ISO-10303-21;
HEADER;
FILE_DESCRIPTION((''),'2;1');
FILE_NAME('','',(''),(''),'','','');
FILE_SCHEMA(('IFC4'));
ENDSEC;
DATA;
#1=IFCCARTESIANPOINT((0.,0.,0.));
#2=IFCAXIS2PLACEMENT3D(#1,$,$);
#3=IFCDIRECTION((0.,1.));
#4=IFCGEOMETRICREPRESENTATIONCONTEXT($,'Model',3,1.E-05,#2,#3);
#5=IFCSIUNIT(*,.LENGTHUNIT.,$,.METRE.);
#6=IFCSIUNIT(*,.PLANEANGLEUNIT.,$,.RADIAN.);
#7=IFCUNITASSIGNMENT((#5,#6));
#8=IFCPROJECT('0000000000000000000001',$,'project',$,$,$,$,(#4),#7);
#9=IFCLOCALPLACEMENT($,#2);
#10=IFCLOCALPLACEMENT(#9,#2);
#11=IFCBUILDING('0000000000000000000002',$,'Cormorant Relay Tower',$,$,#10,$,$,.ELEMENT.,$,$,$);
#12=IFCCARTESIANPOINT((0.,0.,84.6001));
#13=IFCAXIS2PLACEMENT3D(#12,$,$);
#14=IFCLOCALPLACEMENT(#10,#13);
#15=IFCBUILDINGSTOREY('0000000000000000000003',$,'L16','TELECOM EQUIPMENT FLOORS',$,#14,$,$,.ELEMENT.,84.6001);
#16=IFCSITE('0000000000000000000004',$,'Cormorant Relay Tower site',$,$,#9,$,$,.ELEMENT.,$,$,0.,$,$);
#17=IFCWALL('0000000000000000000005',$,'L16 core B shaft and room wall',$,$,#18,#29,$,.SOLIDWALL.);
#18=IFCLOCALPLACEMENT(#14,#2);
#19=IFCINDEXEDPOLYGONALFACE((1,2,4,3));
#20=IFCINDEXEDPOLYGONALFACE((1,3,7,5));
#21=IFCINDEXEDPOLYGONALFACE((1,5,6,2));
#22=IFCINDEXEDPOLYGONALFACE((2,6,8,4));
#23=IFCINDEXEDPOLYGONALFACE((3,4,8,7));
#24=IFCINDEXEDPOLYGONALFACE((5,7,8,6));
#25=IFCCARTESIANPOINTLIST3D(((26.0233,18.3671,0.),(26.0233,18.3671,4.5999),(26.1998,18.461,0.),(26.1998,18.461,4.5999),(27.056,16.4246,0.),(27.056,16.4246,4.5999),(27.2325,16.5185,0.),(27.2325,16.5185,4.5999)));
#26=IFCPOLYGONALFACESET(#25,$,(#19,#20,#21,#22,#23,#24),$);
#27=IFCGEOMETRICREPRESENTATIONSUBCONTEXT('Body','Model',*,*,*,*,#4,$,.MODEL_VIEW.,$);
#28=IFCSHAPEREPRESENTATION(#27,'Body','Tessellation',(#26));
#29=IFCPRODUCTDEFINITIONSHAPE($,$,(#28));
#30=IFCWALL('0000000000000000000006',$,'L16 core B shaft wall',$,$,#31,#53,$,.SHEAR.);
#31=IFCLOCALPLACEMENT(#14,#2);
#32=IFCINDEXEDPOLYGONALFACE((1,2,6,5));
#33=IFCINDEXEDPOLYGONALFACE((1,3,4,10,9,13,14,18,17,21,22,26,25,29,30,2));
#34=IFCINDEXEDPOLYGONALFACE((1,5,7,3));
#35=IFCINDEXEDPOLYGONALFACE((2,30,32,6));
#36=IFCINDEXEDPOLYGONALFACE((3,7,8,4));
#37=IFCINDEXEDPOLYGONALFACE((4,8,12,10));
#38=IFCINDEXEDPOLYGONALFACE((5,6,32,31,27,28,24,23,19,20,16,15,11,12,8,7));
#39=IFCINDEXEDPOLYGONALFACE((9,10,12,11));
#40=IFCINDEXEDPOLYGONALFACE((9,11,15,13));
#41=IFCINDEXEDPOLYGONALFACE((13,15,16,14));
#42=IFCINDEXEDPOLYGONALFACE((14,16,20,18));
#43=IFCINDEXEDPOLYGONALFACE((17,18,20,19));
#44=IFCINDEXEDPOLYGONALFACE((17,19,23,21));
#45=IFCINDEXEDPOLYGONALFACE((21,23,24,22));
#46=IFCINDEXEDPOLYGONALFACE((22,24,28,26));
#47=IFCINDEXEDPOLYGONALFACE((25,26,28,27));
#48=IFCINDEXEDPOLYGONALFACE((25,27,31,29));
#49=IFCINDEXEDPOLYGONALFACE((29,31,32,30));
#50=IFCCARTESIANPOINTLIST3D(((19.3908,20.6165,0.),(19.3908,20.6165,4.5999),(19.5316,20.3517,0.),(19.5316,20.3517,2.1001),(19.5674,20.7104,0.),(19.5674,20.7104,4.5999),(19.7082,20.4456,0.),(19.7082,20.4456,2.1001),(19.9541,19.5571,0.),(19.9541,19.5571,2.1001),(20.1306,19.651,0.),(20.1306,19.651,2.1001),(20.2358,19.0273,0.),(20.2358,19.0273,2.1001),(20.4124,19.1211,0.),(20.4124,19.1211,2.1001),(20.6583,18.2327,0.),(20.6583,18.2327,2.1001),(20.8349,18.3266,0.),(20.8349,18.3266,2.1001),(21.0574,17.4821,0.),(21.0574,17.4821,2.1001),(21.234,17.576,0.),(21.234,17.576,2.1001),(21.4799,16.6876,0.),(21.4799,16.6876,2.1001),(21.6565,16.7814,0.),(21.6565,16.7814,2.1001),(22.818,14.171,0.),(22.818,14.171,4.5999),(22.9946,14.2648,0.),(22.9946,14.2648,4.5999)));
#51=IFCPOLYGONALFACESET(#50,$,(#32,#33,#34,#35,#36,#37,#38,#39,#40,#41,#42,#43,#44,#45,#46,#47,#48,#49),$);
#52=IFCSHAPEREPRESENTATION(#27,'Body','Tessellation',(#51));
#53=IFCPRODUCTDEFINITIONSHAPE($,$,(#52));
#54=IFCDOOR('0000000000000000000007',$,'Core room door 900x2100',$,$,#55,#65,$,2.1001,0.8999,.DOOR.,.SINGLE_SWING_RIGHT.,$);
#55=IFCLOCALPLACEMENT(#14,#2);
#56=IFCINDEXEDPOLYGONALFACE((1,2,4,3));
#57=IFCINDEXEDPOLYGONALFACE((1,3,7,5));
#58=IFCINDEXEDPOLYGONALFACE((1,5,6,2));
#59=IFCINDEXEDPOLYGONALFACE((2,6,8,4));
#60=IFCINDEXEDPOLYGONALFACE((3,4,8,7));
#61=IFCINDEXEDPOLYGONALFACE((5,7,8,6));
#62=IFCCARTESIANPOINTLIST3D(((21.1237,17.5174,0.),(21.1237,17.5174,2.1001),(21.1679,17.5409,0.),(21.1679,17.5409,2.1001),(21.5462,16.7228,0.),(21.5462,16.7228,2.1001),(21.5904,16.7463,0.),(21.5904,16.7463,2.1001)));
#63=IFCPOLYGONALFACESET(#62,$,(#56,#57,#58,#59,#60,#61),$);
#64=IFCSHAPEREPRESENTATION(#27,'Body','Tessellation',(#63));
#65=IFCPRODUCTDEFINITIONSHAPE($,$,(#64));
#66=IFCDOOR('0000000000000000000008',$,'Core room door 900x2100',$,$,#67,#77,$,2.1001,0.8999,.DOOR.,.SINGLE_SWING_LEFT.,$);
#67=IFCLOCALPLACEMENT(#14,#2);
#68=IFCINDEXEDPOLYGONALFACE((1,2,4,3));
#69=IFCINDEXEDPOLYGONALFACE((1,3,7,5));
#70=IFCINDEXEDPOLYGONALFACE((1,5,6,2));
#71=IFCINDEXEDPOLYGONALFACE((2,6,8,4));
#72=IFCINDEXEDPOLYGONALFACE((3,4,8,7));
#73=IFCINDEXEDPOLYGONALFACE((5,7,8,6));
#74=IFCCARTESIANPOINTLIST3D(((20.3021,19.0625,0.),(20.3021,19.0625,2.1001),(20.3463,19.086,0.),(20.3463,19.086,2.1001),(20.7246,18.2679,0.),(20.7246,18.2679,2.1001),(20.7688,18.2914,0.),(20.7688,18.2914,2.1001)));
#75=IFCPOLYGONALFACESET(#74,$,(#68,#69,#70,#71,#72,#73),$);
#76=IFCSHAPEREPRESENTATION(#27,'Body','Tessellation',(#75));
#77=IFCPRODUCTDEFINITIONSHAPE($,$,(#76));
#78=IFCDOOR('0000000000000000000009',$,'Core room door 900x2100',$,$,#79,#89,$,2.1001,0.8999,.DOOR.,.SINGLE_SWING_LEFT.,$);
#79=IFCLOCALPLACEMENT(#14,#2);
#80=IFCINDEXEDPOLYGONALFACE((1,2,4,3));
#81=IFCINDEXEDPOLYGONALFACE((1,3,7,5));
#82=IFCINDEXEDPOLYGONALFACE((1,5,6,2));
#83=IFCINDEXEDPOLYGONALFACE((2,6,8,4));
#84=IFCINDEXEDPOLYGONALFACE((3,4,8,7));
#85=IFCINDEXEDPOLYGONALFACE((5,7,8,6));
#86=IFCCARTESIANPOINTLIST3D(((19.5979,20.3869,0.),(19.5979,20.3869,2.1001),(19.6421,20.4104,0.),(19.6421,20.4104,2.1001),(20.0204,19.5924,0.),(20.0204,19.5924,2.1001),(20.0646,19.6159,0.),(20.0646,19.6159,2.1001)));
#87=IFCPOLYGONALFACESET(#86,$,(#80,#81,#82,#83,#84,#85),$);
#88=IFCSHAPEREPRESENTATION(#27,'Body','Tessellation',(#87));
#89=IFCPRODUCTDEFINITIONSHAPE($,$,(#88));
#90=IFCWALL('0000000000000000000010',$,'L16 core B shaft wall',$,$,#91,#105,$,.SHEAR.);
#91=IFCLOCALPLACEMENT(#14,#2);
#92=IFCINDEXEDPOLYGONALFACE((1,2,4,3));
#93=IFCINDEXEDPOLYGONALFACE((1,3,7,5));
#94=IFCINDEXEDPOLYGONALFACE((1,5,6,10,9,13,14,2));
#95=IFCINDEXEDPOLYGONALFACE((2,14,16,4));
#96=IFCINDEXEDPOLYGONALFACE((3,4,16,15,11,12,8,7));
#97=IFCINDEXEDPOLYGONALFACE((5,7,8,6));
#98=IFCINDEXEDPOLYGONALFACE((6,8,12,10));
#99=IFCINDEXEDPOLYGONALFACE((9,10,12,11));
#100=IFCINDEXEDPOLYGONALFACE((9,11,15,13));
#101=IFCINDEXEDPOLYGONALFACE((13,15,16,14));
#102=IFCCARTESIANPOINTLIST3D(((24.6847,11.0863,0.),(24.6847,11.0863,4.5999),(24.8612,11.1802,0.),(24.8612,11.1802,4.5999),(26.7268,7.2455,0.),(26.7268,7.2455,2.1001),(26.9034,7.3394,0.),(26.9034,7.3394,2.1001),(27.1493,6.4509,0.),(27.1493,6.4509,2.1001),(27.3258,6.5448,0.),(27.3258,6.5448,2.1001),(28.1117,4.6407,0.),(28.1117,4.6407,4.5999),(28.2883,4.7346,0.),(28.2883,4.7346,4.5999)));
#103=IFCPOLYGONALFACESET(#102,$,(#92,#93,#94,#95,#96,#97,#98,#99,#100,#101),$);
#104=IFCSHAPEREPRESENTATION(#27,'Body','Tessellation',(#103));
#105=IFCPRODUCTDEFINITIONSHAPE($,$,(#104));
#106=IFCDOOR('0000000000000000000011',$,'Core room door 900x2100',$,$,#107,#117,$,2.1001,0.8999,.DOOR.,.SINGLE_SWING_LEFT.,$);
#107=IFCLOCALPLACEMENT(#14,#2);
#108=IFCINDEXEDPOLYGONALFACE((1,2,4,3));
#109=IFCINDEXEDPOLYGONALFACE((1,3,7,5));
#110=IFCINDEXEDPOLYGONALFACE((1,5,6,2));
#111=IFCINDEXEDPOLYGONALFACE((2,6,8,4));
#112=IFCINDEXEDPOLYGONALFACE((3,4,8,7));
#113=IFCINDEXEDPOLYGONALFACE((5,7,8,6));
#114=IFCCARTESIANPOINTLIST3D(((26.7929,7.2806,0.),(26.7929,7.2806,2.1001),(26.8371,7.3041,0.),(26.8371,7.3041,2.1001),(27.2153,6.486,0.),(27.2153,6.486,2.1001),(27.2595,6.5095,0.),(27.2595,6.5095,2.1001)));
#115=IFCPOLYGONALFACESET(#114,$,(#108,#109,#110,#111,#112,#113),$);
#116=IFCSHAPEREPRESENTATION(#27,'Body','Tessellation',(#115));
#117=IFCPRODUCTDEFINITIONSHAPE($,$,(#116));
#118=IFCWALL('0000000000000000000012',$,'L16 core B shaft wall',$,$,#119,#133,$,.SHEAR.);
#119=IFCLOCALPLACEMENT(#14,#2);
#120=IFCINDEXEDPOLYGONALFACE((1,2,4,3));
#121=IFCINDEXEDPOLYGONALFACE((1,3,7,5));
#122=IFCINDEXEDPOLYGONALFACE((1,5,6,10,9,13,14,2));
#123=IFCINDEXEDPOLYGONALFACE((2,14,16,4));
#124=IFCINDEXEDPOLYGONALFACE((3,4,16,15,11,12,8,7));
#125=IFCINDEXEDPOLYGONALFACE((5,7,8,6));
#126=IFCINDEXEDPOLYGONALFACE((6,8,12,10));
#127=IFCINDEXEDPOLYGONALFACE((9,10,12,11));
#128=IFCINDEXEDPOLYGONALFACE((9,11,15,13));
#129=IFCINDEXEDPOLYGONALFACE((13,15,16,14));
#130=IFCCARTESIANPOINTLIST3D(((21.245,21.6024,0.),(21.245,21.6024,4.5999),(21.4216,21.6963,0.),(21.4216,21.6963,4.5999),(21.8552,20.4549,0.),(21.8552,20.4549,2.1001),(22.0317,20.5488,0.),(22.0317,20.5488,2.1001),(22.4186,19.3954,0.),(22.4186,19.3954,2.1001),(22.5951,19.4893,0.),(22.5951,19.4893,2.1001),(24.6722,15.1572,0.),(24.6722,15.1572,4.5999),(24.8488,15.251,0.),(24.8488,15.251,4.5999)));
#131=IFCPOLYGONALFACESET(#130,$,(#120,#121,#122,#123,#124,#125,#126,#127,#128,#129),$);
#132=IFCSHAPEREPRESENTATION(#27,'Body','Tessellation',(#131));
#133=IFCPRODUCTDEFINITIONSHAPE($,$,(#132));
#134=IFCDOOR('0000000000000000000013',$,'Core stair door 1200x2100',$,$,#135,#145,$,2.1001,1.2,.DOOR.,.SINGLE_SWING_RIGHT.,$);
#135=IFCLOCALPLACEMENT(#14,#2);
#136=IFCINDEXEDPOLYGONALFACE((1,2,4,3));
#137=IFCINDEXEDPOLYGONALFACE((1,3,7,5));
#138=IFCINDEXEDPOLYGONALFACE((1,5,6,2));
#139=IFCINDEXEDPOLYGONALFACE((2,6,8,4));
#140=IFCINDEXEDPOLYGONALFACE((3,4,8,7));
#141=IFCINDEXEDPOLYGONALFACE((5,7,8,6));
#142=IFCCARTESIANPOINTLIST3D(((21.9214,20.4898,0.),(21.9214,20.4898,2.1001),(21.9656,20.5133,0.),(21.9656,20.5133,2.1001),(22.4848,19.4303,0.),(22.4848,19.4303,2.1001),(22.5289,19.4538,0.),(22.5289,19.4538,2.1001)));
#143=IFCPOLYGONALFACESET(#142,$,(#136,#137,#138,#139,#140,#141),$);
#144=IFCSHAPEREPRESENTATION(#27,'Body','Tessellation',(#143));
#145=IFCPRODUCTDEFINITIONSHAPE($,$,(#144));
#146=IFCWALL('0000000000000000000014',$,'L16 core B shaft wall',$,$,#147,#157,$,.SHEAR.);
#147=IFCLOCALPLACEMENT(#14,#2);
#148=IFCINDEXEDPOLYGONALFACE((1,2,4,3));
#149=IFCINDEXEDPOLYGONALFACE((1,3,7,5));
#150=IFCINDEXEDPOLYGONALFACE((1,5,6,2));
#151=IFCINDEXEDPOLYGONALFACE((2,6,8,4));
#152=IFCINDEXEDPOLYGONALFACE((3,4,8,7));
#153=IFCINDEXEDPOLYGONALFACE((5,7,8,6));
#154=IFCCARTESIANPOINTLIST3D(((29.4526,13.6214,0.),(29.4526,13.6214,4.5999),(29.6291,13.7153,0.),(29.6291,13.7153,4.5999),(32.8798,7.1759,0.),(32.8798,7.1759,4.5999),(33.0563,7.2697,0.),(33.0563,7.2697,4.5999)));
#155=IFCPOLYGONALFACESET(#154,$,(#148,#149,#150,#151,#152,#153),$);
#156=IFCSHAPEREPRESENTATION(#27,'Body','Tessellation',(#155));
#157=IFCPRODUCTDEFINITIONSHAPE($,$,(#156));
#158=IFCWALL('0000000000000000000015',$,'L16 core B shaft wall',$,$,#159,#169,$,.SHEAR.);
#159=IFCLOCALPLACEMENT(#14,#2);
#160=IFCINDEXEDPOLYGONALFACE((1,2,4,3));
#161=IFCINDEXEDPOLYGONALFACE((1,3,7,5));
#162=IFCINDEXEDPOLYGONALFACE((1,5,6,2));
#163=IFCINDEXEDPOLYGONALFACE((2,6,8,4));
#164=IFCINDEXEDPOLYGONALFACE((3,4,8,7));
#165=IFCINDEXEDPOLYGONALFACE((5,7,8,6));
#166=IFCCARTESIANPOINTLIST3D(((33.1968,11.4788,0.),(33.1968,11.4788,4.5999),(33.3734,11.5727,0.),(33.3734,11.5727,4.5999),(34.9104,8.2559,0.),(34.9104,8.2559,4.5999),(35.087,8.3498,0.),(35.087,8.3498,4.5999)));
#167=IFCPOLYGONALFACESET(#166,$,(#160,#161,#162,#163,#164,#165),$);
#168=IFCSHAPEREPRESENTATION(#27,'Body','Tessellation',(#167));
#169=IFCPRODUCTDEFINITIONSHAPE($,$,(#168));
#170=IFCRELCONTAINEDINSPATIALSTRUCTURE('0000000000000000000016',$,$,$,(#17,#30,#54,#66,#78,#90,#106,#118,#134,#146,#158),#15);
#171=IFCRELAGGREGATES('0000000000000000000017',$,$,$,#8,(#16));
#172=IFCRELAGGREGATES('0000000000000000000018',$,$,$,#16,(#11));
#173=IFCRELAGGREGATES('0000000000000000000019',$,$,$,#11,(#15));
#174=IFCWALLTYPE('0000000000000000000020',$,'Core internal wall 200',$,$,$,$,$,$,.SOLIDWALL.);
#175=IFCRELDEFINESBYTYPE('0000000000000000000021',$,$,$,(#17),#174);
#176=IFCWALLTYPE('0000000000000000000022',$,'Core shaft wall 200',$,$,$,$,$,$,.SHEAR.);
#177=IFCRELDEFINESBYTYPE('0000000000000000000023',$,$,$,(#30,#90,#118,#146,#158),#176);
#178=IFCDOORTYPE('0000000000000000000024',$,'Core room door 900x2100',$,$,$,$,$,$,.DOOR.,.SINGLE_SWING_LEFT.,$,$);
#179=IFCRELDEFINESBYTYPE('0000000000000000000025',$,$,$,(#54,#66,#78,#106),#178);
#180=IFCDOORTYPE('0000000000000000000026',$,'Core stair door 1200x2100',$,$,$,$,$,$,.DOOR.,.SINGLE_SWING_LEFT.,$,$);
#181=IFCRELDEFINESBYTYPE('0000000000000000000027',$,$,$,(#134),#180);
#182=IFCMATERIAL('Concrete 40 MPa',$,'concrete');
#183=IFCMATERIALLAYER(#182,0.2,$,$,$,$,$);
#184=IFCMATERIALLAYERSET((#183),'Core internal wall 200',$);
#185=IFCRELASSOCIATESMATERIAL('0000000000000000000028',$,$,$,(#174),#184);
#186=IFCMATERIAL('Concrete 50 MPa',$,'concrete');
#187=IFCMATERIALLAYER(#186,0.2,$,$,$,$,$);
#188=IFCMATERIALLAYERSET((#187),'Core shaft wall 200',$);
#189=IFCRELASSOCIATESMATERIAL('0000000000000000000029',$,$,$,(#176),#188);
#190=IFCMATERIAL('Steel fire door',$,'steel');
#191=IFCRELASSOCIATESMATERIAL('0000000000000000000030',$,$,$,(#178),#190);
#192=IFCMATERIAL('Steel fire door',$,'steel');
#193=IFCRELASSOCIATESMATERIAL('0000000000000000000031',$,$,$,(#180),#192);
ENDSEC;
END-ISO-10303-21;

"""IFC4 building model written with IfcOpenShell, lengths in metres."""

from ifc_helpers import new_model, si_unit, direction, frame, frame_2d, origin, place, context, subcontext, project, spatial, rectangle, extrude, material, layer, layer_set, type_object, element, fill, save


model = new_model("IFC4")

# Units and contexts
model_context = context("Model", 3, precision=1e-05, world=origin(), true_north=direction((0.0, 1.0)))
body_context = subcontext(model_context, "Body", "Model", "MODEL_VIEW")
ifc_project = project(units=[si_unit("LENGTHUNIT", "METRE"), si_unit("PLANEANGLEUNIT", "RADIAN")], contexts=[model_context])

# Site, building, storey
site_placement = place(None, origin())
site = spatial("IfcSite", under=ifc_project, at=site_placement, Name="Cormorant Relay Tower site", CompositionType="ELEMENT", RefElevation=0.0)
building_placement = place(site_placement, origin())
building = spatial("IfcBuilding", under=site, at=building_placement, Name="Cormorant Relay Tower", CompositionType="ELEMENT")
storey_placement = place(building_placement, frame((0.0, 0.0, 84.6001)))
storey = spatial("IfcBuildingStorey", under=building, at=storey_placement, Name="L16", Description="TELECOM EQUIPMENT FLOORS", CompositionType="ELEMENT", Elevation=84.6001)

# Wall
ifc_material_1 = material(Name="Concrete 40 MPa", Category="concrete")
ifc_layer_1 = layer(ifc_material_1, 0.2)
ifc_layer_set_1 = layer_set([ifc_layer_1], Name="Core internal wall 200")
wall_type_1 = type_object("IfcWallType", Name="Core internal wall 200", PredefinedType="SOLIDWALL", material=ifc_layer_set_1)
wall_1_placement = place(storey_placement, frame((27.1443, 16.4714, 0.0), z_axis=(0.0, 0.0, 1.0), x_axis=(-0.469401, 0.882985, 0.0)))
element("IfcWall", 1, at=wall_1_placement, inside=storey, type_object=wall_type_1, Name="L16 core B shaft and room wall", PredefinedType="SOLIDWALL", context=body_context, shape_type="SweptSolid", body=[
    extrude(rectangle(XDim=2.2, YDim=0.2, at=frame_2d((1.1001, 0.0))), origin(), (0.0, 0.0, 1.0), 4.5999),
])

# Wall, openings, doors
ifc_material_2 = material(Name="Concrete 50 MPa", Category="concrete")
ifc_layer_2 = layer(ifc_material_2, 0.2)
ifc_layer_set_2 = layer_set([ifc_layer_2], Name="Core shaft wall 200")
wall_type_2 = type_object("IfcWallType", Name="Core shaft wall 200", PredefinedType="SHEAR", material=ifc_layer_set_2)
wall_2_placement = place(storey_placement, frame((22.9062, 14.218, 0.0), z_axis=(0.0, 0.0, 1.0), x_axis=(-0.46948, 0.882943, 0.0)))
wall_2 = element("IfcWall", 2, at=wall_2_placement, inside=storey, type_object=wall_type_2, Name="L16 core B shaft wall", PredefinedType="SHEAR", context=body_context, shape_type="SweptSolid", body=[
    extrude(rectangle(XDim=7.3, YDim=0.2, at=frame_2d((3.6499, 0.0))), origin(), (0.0, 0.0, 1.0), 4.5999),
])
opening_1_placement = place(wall_2_placement, frame((2.8501, 0.0, 0.0)))
opening_1 = element("IfcOpeningElement", 3, at=opening_1_placement, cuts=wall_2, PredefinedType="OPENING", context=body_context, shape_type="SweptSolid", body=[
    extrude(rectangle(XDim=0.8999, YDim=2.1001, at=frame_2d((0.45, 1.05))), frame((0.0, 0.1099, 0.0), z_axis=(0.0, -1.0, 0.0), x_axis=(1.0, 0.0, 0.0)), (0.0, 0.0, 1.0), 0.22),
])
opening_2_placement = place(wall_2_placement, frame((4.6001, 0.0, 0.0)))
opening_2 = element("IfcOpeningElement", 4, at=opening_2_placement, cuts=wall_2, PredefinedType="OPENING", context=body_context, shape_type="SweptSolid", body=[
    extrude(rectangle(XDim=0.8999, YDim=2.1001, at=frame_2d((0.45, 1.05))), frame((0.0, 0.1099, 0.0), z_axis=(0.0, -1.0, 0.0), x_axis=(1.0, 0.0, 0.0)), (0.0, 0.0, 1.0), 0.22),
])
opening_3_placement = place(wall_2_placement, frame((6.1001, 0.0, 0.0)))
opening_3 = element("IfcOpeningElement", 5, at=opening_3_placement, cuts=wall_2, PredefinedType="OPENING", context=body_context, shape_type="SweptSolid", body=[
    extrude(rectangle(XDim=0.8999, YDim=2.1001, at=frame_2d((0.45, 1.05))), frame((0.0, 0.1099, 0.0), z_axis=(0.0, -1.0, 0.0), x_axis=(1.0, 0.0, 0.0)), (0.0, 0.0, 1.0), 0.22),
])
ifc_material_3 = material(Name="Steel fire door", Category="steel")
door_type_1 = type_object("IfcDoorType", Name="Core room door 900x2100", OperationType="SINGLE_SWING_LEFT", PredefinedType="DOOR", material=ifc_material_3)
door_1_placement = place(opening_1_placement, origin())
door_1 = element("IfcDoor", 6, at=door_1_placement, inside=storey, type_object=door_type_1, Name="Core room door 900x2100", OperationType="SINGLE_SWING_RIGHT", OverallHeight=2.1001, OverallWidth=0.8999, PredefinedType="DOOR", context=body_context, shape_type="SweptSolid", body=[
    extrude(rectangle(XDim=0.8999, YDim=2.1001, at=frame_2d((0.45, 1.05))), frame((0.0, 0.0249, 0.0), z_axis=(0.0, -1.0, 0.0), x_axis=(1.0, 0.0, 0.0)), (0.0, 0.0, 1.0), 0.05),
])
fill(opening_1, door_1)
door_2_placement = place(opening_2_placement, origin())
door_2 = element("IfcDoor", 7, at=door_2_placement, inside=storey, type_object=door_type_1, Name="Core room door 900x2100", OperationType="SINGLE_SWING_LEFT", OverallHeight=2.1001, OverallWidth=0.8999, PredefinedType="DOOR", context=body_context, shape_type="SweptSolid", body=[
    extrude(rectangle(XDim=0.8999, YDim=2.1001, at=frame_2d((0.45, 1.05))), frame((0.0, 0.0249, 0.0), z_axis=(0.0, -1.0, 0.0), x_axis=(1.0, 0.0, 0.0)), (0.0, 0.0, 1.0), 0.05),
])
fill(opening_2, door_2)
door_3_placement = place(opening_3_placement, origin())
door_3 = element("IfcDoor", 8, at=door_3_placement, inside=storey, type_object=door_type_1, Name="Core room door 900x2100", OperationType="SINGLE_SWING_LEFT", OverallHeight=2.1001, OverallWidth=0.8999, PredefinedType="DOOR", context=body_context, shape_type="SweptSolid", body=[
    extrude(rectangle(XDim=0.8999, YDim=2.1001, at=frame_2d((0.45, 1.05))), frame((0.0, 0.0249, 0.0), z_axis=(0.0, -1.0, 0.0), x_axis=(1.0, 0.0, 0.0)), (0.0, 0.0, 1.0), 0.05),
])
fill(opening_3, door_3)

# Walls, openings, doors
wall_3_placement = place(storey_placement, frame((28.2, 4.6877, 0.0), z_axis=(0.0, 0.0, 1.0), x_axis=(-0.469454, 0.882957, 0.0)))
wall_3 = element("IfcWall", 9, at=wall_3_placement, inside=storey, type_object=wall_type_2, Name="L16 core B shaft wall", PredefinedType="SHEAR", context=body_context, shape_type="SweptSolid", body=[
    extrude(rectangle(XDim=7.3, YDim=0.2, at=frame_2d((3.6499, 0.0))), origin(), (0.0, 0.0, 1.0), 4.5999),
])
opening_4_placement = place(wall_3_placement, frame((2.05, 0.0, 0.0)))
opening_4 = element("IfcOpeningElement", 10, at=opening_4_placement, cuts=wall_3, PredefinedType="OPENING", context=body_context, shape_type="SweptSolid", body=[
    extrude(rectangle(XDim=0.8999, YDim=2.1001, at=frame_2d((0.45, 1.05))), frame((0.0, 0.1099, 0.0), z_axis=(0.0, -1.0, 0.0), x_axis=(1.0, 0.0, 0.0)), (0.0, 0.0, 1.0), 0.22),
])
door_4_placement = place(opening_4_placement, frame((0.8999, 0.0, 0.0), z_axis=(0.0, 0.0, 1.0), x_axis=(-1.0, 0.0, 0.0)))
door_4 = element("IfcDoor", 11, at=door_4_placement, inside=storey, type_object=door_type_1, Name="Core room door 900x2100", OperationType="SINGLE_SWING_LEFT", OverallHeight=2.1001, OverallWidth=0.8999, PredefinedType="DOOR", context=body_context, shape_type="SweptSolid", body=[
    extrude(rectangle(XDim=0.8999, YDim=2.1001, at=frame_2d((0.45, 1.05))), frame((0.0, 0.0249, 0.0), z_axis=(0.0, -1.0, 0.0), x_axis=(1.0, 0.0, 0.0)), (0.0, 0.0, 1.0), 0.05),
])
fill(opening_4, door_4)
wall_4_placement = place(storey_placement, frame((24.7605, 15.2041, 0.0), z_axis=(0.0, 0.0, 1.0), x_axis=(-0.469494, 0.882936, 0.0)))
wall_4 = element("IfcWall", 12, at=wall_4_placement, inside=storey, type_object=wall_type_2, Name="L16 core B shaft wall", PredefinedType="SHEAR", context=body_context, shape_type="SweptSolid", body=[
    extrude(rectangle(XDim=7.2998, YDim=0.2, at=frame_2d((3.6499, 0.0))), origin(), (0.0, 0.0, 1.0), 4.5999),
])
opening_5_placement = place(wall_4_placement, frame((4.8, 0.0, 0.0)))
opening_5 = element("IfcOpeningElement", 13, at=opening_5_placement, cuts=wall_4, PredefinedType="OPENING", context=body_context, shape_type="SweptSolid", body=[
    extrude(rectangle(XDim=1.2, YDim=2.1001, at=frame_2d((0.6001, 1.05))), frame((0.0, 0.1099, 0.0), z_axis=(0.0, -1.0, 0.0), x_axis=(1.0, 0.0, 0.0)), (0.0, 0.0, 1.0), 0.22),
])
ifc_material_4 = material(Name="Steel fire door", Category="steel")
door_type_2 = type_object("IfcDoorType", Name="Core stair door 1200x2100", OperationType="SINGLE_SWING_LEFT", PredefinedType="DOOR", material=ifc_material_4)
door_5_placement = place(opening_5_placement, frame((1.2, 0.0, 0.0), z_axis=(0.0, 0.0, 1.0), x_axis=(-1.0, 0.0, 0.0)))
door_5 = element("IfcDoor", 14, at=door_5_placement, inside=storey, type_object=door_type_2, Name="Core stair door 1200x2100", OperationType="SINGLE_SWING_RIGHT", OverallHeight=2.1001, OverallWidth=1.2, PredefinedType="DOOR", context=body_context, shape_type="SweptSolid", body=[
    extrude(rectangle(XDim=1.2, YDim=2.1001, at=frame_2d((0.6001, 1.05))), frame((0.0, 0.0249, 0.0), z_axis=(0.0, -1.0, 0.0), x_axis=(1.0, 0.0, 0.0)), (0.0, 0.0, 1.0), 0.05),
])
fill(opening_5, door_5)

# Walls
wall_5_placement = place(storey_placement, frame((32.968, 7.2229, 0.0), z_axis=(0.0, 0.0, 1.0), x_axis=(-0.46948, 0.882943, 0.0)))
element("IfcWall", 15, at=wall_5_placement, inside=storey, type_object=wall_type_2, Name="L16 core B shaft wall", PredefinedType="SHEAR", context=body_context, shape_type="SweptSolid", body=[
    extrude(rectangle(XDim=7.3, YDim=0.2, at=frame_2d((3.6499, 0.0))), origin(), (0.0, 0.0, 1.0), 4.5999),
])
wall_6_placement = place(storey_placement, frame((34.9988, 8.3027, 0.0), z_axis=(0.0, 0.0, 1.0), x_axis=(-0.469467, 0.88295, 0.0)))
element("IfcWall", 16, at=wall_6_placement, inside=storey, type_object=wall_type_2, Name="L16 core B shaft wall", PredefinedType="SHEAR", context=body_context, shape_type="SweptSolid", body=[
    extrude(rectangle(XDim=3.6501, YDim=0.2, at=frame_2d((1.8252, 0.0))), origin(), (0.0, 0.0, 1.0), 4.5999),
])

save(model, "model.ifc")
